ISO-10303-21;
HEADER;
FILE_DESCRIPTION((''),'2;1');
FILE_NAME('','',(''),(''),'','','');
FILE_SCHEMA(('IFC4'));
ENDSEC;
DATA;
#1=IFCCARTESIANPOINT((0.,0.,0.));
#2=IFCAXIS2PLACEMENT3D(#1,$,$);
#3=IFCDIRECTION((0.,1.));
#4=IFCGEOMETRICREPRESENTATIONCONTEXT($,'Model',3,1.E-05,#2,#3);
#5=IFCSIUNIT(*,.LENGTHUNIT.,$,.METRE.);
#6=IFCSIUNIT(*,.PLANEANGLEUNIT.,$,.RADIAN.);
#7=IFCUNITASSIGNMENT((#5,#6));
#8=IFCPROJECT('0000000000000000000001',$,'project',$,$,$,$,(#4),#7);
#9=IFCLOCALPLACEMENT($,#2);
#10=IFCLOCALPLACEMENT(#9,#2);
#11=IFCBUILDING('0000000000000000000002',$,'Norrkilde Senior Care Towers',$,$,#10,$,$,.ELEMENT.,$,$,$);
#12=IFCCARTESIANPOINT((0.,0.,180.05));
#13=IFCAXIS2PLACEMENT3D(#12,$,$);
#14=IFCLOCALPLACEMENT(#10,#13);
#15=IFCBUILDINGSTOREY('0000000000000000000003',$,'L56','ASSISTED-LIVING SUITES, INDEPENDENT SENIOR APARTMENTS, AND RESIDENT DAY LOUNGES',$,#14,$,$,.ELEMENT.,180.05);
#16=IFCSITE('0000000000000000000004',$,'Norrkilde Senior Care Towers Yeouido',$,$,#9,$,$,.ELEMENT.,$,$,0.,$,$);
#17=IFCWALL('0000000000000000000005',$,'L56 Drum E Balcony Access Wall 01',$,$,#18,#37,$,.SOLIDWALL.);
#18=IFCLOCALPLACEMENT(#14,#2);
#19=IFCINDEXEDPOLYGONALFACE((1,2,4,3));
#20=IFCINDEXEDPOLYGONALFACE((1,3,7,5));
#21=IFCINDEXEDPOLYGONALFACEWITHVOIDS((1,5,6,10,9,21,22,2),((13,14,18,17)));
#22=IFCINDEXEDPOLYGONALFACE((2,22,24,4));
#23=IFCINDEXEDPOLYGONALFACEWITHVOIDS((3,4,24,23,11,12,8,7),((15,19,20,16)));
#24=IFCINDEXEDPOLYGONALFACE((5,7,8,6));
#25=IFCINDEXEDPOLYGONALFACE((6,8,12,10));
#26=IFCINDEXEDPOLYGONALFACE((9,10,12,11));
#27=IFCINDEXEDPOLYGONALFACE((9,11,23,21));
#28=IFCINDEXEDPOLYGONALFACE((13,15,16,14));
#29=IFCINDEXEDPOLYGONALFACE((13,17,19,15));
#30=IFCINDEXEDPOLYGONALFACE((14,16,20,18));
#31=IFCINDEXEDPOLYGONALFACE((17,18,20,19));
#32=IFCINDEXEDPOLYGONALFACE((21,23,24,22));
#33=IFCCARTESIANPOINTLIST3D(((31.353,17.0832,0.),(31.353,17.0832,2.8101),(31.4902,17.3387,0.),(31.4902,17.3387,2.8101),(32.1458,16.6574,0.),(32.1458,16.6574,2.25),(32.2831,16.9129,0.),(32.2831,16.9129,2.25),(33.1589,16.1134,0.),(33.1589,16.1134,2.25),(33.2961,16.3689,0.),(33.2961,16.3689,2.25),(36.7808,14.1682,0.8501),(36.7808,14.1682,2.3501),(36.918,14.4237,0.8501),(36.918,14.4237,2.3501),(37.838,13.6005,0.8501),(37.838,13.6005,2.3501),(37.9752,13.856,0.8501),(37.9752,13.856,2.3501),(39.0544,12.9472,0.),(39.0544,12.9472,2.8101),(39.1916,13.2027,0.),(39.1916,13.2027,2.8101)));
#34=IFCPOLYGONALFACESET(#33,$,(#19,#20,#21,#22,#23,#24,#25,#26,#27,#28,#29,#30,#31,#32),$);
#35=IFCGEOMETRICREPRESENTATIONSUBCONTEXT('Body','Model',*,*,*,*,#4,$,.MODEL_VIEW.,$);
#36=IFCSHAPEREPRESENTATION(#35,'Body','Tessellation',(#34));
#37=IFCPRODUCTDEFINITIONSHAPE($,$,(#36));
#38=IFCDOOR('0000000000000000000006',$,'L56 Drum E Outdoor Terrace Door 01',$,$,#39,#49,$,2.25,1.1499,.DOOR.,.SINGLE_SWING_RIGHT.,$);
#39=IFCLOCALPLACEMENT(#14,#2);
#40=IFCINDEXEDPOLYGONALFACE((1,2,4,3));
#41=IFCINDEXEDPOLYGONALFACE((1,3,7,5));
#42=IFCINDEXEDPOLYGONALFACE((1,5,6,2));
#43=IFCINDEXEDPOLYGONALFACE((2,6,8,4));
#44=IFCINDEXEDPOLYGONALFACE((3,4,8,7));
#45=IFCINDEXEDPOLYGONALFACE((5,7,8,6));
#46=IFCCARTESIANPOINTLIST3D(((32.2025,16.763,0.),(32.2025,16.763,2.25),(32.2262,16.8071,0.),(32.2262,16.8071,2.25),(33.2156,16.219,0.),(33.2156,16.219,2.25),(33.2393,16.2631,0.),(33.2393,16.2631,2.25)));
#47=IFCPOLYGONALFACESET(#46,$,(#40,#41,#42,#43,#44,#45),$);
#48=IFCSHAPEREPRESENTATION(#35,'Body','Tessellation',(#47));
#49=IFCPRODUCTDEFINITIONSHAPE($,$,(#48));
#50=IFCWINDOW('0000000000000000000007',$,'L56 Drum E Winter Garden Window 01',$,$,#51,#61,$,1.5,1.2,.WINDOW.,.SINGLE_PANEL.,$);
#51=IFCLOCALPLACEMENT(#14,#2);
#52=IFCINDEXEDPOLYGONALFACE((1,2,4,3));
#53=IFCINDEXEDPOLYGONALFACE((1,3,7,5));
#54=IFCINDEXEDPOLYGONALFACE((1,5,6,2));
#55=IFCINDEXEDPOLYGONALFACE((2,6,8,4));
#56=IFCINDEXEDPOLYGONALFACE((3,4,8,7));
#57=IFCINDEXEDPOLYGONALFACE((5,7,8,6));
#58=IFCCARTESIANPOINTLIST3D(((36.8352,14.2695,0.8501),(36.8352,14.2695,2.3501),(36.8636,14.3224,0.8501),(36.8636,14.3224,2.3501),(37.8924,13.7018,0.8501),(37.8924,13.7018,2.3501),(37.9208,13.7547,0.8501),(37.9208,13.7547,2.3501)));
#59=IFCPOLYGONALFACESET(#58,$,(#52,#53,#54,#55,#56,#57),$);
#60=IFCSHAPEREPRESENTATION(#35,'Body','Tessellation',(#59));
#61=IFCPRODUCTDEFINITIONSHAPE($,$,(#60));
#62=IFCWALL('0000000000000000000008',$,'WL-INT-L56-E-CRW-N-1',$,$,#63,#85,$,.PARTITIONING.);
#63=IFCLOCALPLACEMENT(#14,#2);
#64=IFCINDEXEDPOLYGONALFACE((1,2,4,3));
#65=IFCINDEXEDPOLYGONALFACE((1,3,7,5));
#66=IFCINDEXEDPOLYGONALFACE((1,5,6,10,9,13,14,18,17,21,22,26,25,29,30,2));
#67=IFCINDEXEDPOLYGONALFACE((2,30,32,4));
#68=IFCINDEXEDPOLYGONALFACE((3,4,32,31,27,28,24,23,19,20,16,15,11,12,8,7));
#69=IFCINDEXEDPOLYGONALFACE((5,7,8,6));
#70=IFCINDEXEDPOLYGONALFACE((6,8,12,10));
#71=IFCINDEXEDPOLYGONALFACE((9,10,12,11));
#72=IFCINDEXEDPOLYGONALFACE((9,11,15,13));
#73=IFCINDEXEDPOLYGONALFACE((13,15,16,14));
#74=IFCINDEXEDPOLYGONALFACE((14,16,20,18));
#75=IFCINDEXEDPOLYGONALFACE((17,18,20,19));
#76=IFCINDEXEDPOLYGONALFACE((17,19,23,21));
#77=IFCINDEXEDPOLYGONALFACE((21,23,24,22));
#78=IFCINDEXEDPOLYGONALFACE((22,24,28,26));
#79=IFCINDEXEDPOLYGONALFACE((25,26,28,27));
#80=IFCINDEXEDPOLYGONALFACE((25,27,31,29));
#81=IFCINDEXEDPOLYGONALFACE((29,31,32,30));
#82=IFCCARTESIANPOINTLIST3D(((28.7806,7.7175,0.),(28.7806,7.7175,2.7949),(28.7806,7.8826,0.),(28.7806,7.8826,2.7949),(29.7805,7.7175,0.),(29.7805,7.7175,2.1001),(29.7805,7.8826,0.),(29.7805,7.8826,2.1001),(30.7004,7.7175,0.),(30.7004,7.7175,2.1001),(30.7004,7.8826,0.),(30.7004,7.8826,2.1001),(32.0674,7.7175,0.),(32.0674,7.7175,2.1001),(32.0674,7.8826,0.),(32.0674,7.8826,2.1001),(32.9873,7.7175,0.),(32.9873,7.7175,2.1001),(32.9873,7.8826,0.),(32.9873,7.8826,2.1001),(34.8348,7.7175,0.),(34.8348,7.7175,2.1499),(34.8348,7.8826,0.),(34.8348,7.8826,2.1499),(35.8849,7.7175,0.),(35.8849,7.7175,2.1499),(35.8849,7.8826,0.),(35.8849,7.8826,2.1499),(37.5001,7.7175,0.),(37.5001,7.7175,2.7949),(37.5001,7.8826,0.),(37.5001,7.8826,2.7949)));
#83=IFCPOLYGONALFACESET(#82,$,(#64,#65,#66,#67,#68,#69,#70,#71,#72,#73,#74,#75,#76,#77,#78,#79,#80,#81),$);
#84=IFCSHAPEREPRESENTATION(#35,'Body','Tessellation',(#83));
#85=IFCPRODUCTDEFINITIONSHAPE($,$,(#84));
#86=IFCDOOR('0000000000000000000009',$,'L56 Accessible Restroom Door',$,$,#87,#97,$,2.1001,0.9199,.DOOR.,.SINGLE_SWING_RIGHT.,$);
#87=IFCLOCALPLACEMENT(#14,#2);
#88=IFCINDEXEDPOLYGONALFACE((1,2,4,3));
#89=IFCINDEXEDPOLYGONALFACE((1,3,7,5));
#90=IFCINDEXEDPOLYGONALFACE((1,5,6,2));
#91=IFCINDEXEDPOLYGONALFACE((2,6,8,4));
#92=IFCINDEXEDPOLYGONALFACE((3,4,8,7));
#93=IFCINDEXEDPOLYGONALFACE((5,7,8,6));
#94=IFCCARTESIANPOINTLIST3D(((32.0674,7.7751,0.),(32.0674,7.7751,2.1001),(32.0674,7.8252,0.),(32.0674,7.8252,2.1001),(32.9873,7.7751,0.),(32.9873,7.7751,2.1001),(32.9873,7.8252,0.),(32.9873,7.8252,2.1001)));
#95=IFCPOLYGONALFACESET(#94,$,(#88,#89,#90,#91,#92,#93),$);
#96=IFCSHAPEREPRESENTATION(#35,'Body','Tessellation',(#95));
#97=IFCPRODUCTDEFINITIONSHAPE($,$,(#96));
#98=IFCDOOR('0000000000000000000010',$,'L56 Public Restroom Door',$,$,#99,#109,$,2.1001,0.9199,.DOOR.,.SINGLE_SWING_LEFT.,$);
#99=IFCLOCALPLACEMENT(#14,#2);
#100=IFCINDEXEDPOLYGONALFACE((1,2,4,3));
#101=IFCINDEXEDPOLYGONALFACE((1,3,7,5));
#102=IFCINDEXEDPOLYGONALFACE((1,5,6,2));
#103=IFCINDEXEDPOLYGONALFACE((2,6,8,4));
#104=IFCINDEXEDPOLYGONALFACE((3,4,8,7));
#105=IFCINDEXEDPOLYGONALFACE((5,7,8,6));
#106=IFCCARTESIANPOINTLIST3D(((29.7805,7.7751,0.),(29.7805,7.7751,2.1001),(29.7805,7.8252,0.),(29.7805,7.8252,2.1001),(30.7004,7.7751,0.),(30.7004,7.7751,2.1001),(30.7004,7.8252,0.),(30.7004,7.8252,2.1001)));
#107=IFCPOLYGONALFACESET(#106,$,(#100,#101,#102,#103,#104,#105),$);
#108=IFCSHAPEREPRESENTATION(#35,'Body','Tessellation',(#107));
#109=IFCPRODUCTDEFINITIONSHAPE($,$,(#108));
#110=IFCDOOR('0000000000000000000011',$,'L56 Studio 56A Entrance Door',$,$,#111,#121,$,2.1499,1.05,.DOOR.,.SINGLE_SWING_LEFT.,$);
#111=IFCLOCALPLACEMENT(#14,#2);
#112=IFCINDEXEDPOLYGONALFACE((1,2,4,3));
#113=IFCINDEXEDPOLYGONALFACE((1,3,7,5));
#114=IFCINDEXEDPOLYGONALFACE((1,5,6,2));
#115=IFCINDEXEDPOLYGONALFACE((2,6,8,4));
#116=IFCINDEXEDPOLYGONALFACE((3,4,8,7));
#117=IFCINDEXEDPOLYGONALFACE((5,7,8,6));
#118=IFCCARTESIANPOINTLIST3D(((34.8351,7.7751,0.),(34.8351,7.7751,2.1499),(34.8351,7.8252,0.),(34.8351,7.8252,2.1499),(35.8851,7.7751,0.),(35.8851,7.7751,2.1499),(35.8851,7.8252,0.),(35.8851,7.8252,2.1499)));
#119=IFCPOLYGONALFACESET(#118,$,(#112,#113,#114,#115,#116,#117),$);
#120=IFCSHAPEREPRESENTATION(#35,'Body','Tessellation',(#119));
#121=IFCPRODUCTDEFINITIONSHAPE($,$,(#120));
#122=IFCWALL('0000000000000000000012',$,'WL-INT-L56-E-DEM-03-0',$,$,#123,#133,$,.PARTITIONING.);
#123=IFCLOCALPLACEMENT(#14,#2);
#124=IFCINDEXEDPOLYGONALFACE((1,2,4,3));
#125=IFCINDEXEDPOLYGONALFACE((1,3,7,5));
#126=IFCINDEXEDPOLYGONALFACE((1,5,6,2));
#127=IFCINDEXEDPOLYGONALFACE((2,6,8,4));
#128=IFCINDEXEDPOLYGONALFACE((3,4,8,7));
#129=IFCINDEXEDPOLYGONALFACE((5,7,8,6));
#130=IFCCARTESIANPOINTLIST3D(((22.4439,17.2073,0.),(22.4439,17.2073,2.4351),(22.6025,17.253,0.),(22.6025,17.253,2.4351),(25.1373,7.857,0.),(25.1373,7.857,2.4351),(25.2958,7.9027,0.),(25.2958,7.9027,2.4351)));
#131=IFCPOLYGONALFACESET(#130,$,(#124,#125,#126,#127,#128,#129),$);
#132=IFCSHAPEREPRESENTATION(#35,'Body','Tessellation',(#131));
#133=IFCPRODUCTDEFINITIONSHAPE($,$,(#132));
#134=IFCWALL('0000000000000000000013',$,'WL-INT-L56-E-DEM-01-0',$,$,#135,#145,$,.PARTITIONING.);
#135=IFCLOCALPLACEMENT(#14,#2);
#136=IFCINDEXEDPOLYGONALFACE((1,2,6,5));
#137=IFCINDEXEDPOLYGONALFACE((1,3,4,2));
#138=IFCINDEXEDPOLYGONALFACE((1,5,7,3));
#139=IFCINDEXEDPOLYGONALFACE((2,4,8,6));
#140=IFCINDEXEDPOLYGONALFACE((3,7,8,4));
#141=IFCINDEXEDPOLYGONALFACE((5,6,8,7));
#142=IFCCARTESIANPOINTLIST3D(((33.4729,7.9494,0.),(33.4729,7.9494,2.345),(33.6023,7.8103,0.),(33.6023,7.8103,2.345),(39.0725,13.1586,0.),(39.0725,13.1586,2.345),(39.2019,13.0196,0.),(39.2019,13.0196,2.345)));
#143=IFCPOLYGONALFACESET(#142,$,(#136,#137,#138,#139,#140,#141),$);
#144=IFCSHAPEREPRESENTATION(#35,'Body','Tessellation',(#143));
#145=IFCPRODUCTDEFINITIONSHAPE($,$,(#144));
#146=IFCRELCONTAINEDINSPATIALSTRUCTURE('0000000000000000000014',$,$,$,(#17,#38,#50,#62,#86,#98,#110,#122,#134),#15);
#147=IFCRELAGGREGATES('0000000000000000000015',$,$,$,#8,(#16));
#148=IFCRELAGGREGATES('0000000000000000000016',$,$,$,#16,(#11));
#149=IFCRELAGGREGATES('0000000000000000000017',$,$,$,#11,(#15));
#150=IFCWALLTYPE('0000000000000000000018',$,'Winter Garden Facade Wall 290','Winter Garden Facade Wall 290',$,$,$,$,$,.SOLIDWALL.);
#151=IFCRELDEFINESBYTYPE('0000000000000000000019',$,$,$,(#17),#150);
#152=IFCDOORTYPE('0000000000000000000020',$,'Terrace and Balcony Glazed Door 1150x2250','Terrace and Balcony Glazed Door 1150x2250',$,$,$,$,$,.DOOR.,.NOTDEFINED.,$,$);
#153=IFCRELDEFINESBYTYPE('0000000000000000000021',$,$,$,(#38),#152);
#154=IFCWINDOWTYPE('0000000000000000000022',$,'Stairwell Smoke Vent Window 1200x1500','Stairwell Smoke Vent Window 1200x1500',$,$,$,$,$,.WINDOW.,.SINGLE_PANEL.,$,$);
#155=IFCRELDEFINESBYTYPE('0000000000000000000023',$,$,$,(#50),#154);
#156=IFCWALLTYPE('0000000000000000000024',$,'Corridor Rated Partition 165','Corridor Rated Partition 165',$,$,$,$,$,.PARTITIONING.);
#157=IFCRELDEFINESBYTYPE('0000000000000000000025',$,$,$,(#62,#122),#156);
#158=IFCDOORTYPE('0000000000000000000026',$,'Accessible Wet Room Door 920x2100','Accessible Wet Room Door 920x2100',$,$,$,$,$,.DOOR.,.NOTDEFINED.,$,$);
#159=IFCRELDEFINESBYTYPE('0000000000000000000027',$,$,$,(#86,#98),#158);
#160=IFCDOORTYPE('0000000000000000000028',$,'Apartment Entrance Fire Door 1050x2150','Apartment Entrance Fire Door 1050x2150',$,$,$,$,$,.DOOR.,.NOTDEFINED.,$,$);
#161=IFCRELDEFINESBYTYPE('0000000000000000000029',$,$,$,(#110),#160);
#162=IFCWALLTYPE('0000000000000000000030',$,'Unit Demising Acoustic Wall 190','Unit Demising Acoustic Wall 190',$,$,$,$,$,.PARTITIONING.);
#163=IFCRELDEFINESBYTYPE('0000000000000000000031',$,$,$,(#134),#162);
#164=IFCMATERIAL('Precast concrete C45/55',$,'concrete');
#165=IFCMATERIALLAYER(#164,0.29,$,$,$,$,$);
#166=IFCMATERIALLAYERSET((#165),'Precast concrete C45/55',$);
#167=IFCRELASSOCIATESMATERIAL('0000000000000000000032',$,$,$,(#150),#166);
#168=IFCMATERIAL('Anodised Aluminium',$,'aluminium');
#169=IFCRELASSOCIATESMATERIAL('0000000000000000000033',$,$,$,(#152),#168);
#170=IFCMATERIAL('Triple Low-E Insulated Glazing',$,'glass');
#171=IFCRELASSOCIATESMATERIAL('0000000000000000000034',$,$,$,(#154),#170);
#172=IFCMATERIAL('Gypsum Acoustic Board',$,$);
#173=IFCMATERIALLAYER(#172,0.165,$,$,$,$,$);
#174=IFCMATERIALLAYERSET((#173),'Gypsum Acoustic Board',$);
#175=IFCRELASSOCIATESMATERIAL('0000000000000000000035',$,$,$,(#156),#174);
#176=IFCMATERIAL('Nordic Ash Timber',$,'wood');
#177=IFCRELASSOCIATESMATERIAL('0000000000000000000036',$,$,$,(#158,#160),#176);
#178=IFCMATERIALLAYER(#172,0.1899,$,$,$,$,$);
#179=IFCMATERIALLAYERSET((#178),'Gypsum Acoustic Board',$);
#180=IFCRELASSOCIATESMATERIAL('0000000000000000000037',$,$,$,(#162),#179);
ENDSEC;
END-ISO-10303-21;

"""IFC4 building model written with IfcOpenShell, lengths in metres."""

from ifc_helpers import new_model, si_unit, direction, frame, frame_2d, origin, place, context, subcontext, project, spatial, rectangle, extrude, source, transform, mapped, material, layer, layer_set, type_object, type_shapes, element, fill, save


model = new_model("IFC4")

# Units and contexts
model_context = context("Model", 3, precision=1e-05, world=origin(), true_north=direction((0.0, 1.0)))
body_context = subcontext(model_context, "Body", "Model", "MODEL_VIEW")
ifc_project = project(units=[si_unit("LENGTHUNIT", "METRE"), si_unit("PLANEANGLEUNIT", "RADIAN")], contexts=[model_context])

# Site, building, storey
site_placement = place(None, origin())
site = spatial("IfcSite", under=ifc_project, at=site_placement, Name="Norrkilde Senior Care Towers Yeouido", CompositionType="ELEMENT", RefElevation=0.0)
building_placement = place(site_placement, origin())
building = spatial("IfcBuilding", under=site, at=building_placement, Name="Norrkilde Senior Care Towers", CompositionType="ELEMENT")
storey_placement = place(building_placement, frame((0.0, 0.0, 180.05)))
storey = spatial("IfcBuildingStorey", under=building, at=storey_placement, Name="L56", Description="ASSISTED-LIVING SUITES, INDEPENDENT SENIOR APARTMENTS, AND RESIDENT DAY LOUNGES", CompositionType="ELEMENT", Elevation=180.05)

# Shared definitions
ifc_material_1 = material(Name="Triple Low-E Insulated Glazing", Category="glass")
ifc_material_2 = material(Name="Anodised Aluminium", Category="aluminium")

# Wall, openings, door, window
ifc_material_3 = material(Name="Precast concrete C45/55", Category="concrete")
ifc_layer_1 = layer(ifc_material_3, 0.29)
ifc_layer_set_1 = layer_set([ifc_layer_1], Name="Precast concrete C45/55")
wall_type_1 = type_object("IfcWallType", Name="Winter Garden Facade Wall 290", Description="Winter Garden Facade Wall 290", PredefinedType="SOLIDWALL", material=ifc_layer_set_1)
shared_shape_1 = source(origin(), body_context, "Body", "SweptSolid", [
    extrude(rectangle(XDim=8.7417, YDim=0.29, at=frame_2d((4.3708, 0.0))), origin(), (0.0, 0.0, 1.0), 2.8101),
])
type_shapes(wall_type_1, [shared_shape_1])
wall_1_placement = place(storey_placement, frame((31.4216, 17.2109, 0.0), z_axis=(0.0, 0.0, 1.0), x_axis=(0.880992, -0.47313, 0.0)))
wall_1 = element("IfcWall", 1, at=wall_1_placement, inside=storey, type_object=wall_type_1, Name="L56 Drum E Balcony Access Wall 01", PredefinedType="SOLIDWALL", context=body_context, shape_type="MappedRepresentation", body=[
    mapped(shared_shape_1, transform((0.0, 0.0, 0.0), x_axis=(1.0, 0.0, 0.0), y_axis=(0.0, 1.0, 0.0), z_axis=(0.0, 0.0, 1.0), scale=1.0)),
])
opening_1_placement = place(wall_1_placement, frame((0.8999, 0.0, 0.0)))
opening_1 = element("IfcOpeningElement", 2, at=opening_1_placement, cuts=wall_1, PredefinedType="OPENING", context=body_context, shape_type="SweptSolid", body=[
    extrude(rectangle(XDim=1.1499, YDim=2.25, at=frame_2d((0.575, 1.125))), frame((0.0, 0.155, 0.0), z_axis=(0.0, -1.0, 0.0), x_axis=(1.0, 0.0, 0.0)), (0.0, 0.0, 1.0), 0.3101),
])
opening_2_placement = place(wall_1_placement, frame((6.1609, 0.0, 0.8501)))
opening_2 = element("IfcOpeningElement", 3, at=opening_2_placement, cuts=wall_1, PredefinedType="OPENING", context=body_context, shape_type="SweptSolid", body=[
    extrude(rectangle(XDim=1.2, YDim=1.5, at=frame_2d((0.6001, 0.75))), frame((0.0, 0.155, 0.0), z_axis=(0.0, -1.0, 0.0), x_axis=(1.0, 0.0, 0.0)), (0.0, 0.0, 1.0), 0.3101),
])
door_type_1 = type_object("IfcDoorType", Name="Terrace and Balcony Glazed Door 1150x2250", Description="Terrace and Balcony Glazed Door 1150x2250", OperationType="NOTDEFINED", PredefinedType="DOOR", material=ifc_material_2)
shared_shape_2 = source(origin(), body_context, "Body", "SweptSolid", [
    extrude(rectangle(XDim=1.1499, YDim=2.25, at=frame_2d((0.575, 1.125))), frame((0.0, 0.0249, 0.0), z_axis=(0.0, -1.0, 0.0), x_axis=(1.0, 0.0, 0.0)), (0.0, 0.0, 1.0), 0.05),
])
type_shapes(door_type_1, [shared_shape_2])
door_1_placement = place(opening_1_placement, origin())
door_1 = element("IfcDoor", 4, at=door_1_placement, inside=storey, type_object=door_type_1, Name="L56 Drum E Outdoor Terrace Door 01", OperationType="SINGLE_SWING_RIGHT", OverallHeight=2.25, OverallWidth=1.1499, PredefinedType="DOOR", context=body_context, shape_type="MappedRepresentation", body=[
    mapped(shared_shape_2, transform((0.0, 0.0, 0.0), x_axis=(1.0, 0.0, 0.0), y_axis=(0.0, 1.0, 0.0), z_axis=(0.0, 0.0, 1.0), scale=1.0)),
])
fill(opening_1, door_1)
window_type = type_object("IfcWindowType", Name="Stairwell Smoke Vent Window 1200x1500", Description="Stairwell Smoke Vent Window 1200x1500", PartitioningType="SINGLE_PANEL", PredefinedType="WINDOW", material=ifc_material_1)
shared_shape_3 = source(origin(), body_context, "Body", "SweptSolid", [
    extrude(rectangle(XDim=1.2, YDim=1.5, at=frame_2d((0.6001, 0.75))), frame((0.0, 0.03, 0.0), z_axis=(0.0, -1.0, 0.0), x_axis=(1.0, 0.0, 0.0)), (0.0, 0.0, 1.0), 0.0601),
])
type_shapes(window_type, [shared_shape_3])
window_placement = place(opening_2_placement, origin())
window = element("IfcWindow", 5, at=window_placement, inside=storey, type_object=window_type, Name="L56 Drum E Winter Garden Window 01", OverallHeight=1.5, OverallWidth=1.2, PartitioningType="SINGLE_PANEL", PredefinedType="WINDOW", context=body_context, shape_type="MappedRepresentation", body=[
    mapped(shared_shape_3, transform((0.0, 0.0, 0.0), x_axis=(1.0, 0.0, 0.0), y_axis=(0.0, 1.0, 0.0), z_axis=(0.0, 0.0, 1.0), scale=1.0)),
])
fill(opening_2, window)

# Wall, openings, doors
ifc_material_4 = material(Name="Gypsum Acoustic Board")
ifc_layer_2 = layer(ifc_material_4, 0.165)
ifc_layer_set_2 = layer_set([ifc_layer_2], Name="Gypsum Acoustic Board")
wall_type_2 = type_object("IfcWallType", Name="Corridor Rated Partition 165", Description="Corridor Rated Partition 165", PredefinedType="PARTITIONING", material=ifc_layer_set_2)
shared_shape_4 = source(origin(), body_context, "Body", "SweptSolid", [
    extrude(rectangle(XDim=8.7195, YDim=0.165, at=frame_2d((4.3599, 0.0))), origin(), (0.0, 0.0, 1.0), 2.7949),
])
wall_2_placement = place(storey_placement, frame((28.7805, 7.8, 0.0), z_axis=(0.0, 0.0, 1.0), x_axis=(1.0, 0.0, 0.0)))
wall_2 = element("IfcWall", 6, at=wall_2_placement, inside=storey, type_object=wall_type_2, Name="WL-INT-L56-E-CRW-N-1", PredefinedType="PARTITIONING", context=body_context, shape_type="MappedRepresentation", body=[
    mapped(shared_shape_4, transform((0.0, 0.0, 0.0), x_axis=(1.0, 0.0, 0.0), y_axis=(0.0, 1.0, 0.0), z_axis=(0.0, 0.0, 1.0), scale=1.0)),
])
opening_3_placement = place(wall_2_placement, frame((6.0544, 0.0, 0.0)))
opening_3 = element("IfcOpeningElement", 7, at=opening_3_placement, cuts=wall_2, PredefinedType="OPENING", context=body_context, shape_type="SweptSolid", body=[
    extrude(rectangle(XDim=1.05, YDim=2.1499, at=frame_2d((0.5249, 1.075))), frame((0.0, 0.0925, 0.0), z_axis=(0.0, -1.0, 0.0), x_axis=(1.0, 0.0, 0.0)), (0.0, 0.0, 1.0), 0.1851),
])
opening_4_placement = place(wall_2_placement, frame((3.2869, 0.0, 0.0)))
opening_4 = element("IfcOpeningElement", 8, at=opening_4_placement, cuts=wall_2, PredefinedType="OPENING", context=body_context, shape_type="SweptSolid", body=[
    extrude(rectangle(XDim=0.9199, YDim=2.1001, at=frame_2d((0.46, 1.05))), frame((0.0, 0.0925, 0.0), z_axis=(0.0, -1.0, 0.0), x_axis=(1.0, 0.0, 0.0)), (0.0, 0.0, 1.0), 0.1851),
])
opening_5_placement = place(wall_2_placement, frame((1.0, 0.0, 0.0)))
opening_5 = element("IfcOpeningElement", 9, at=opening_5_placement, cuts=wall_2, PredefinedType="OPENING", context=body_context, shape_type="SweptSolid", body=[
    extrude(rectangle(XDim=0.9199, YDim=2.1001, at=frame_2d((0.46, 1.05))), frame((0.0, 0.0925, 0.0), z_axis=(0.0, -1.0, 0.0), x_axis=(1.0, 0.0, 0.0)), (0.0, 0.0, 1.0), 0.1851),
])
ifc_material_5 = material(Name="Nordic Ash Timber", Category="wood")
door_type_2 = type_object("IfcDoorType", Name="Accessible Wet Room Door 920x2100", Description="Accessible Wet Room Door 920x2100", OperationType="NOTDEFINED", PredefinedType="DOOR", material=ifc_material_5)
shared_shape_5 = source(origin(), body_context, "Body", "SweptSolid", [
    extrude(rectangle(XDim=0.9199, YDim=2.1001, at=frame_2d((0.46, 1.05))), frame((0.0, 0.0249, 0.0), z_axis=(0.0, -1.0, 0.0), x_axis=(1.0, 0.0, 0.0)), (0.0, 0.0, 1.0), 0.05),
])
type_shapes(door_type_2, [shared_shape_5])
door_2_placement = place(opening_4_placement, frame((0.9199, 0.0, 0.0), z_axis=(0.0, 0.0, 1.0), x_axis=(-1.0, 0.0, 0.0)))
door_2 = element("IfcDoor", 10, at=door_2_placement, inside=storey, type_object=door_type_2, Name="L56 Accessible Restroom Door", OperationType="SINGLE_SWING_RIGHT", OverallHeight=2.1001, OverallWidth=0.9199, PredefinedType="DOOR", context=body_context, shape_type="MappedRepresentation", body=[
    mapped(shared_shape_5, transform((0.0, 0.0, 0.0), x_axis=(1.0, 0.0, 0.0), y_axis=(0.0, 1.0, 0.0), z_axis=(0.0, 0.0, 1.0), scale=1.0)),
])
fill(opening_4, door_2)
door_3_placement = place(opening_5_placement, frame((0.9199, 0.0, 0.0), z_axis=(0.0, 0.0, 1.0), x_axis=(-1.0, 0.0, 0.0)))
door_3 = element("IfcDoor", 11, at=door_3_placement, inside=storey, type_object=door_type_2, Name="L56 Public Restroom Door", OperationType="SINGLE_SWING_LEFT", OverallHeight=2.1001, OverallWidth=0.9199, PredefinedType="DOOR", context=body_context, shape_type="MappedRepresentation", body=[
    mapped(shared_shape_5, transform((0.0, 0.0, 0.0), x_axis=(1.0, 0.0, 0.0), y_axis=(0.0, 1.0, 0.0), z_axis=(0.0, 0.0, 1.0), scale=1.0)),
])
fill(opening_5, door_3)
door_type_3 = type_object("IfcDoorType", Name="Apartment Entrance Fire Door 1050x2150", Description="Apartment Entrance Fire Door 1050x2150", OperationType="NOTDEFINED", PredefinedType="DOOR", material=ifc_material_5)
shared_shape_6 = source(origin(), body_context, "Body", "SweptSolid", [
    extrude(rectangle(XDim=1.05, YDim=2.1499, at=frame_2d((0.5249, 1.075))), frame((0.0, 0.0249, 0.0), z_axis=(0.0, -1.0, 0.0), x_axis=(1.0, 0.0, 0.0)), (0.0, 0.0, 1.0), 0.05),
])
type_shapes(door_type_3, [shared_shape_6])
door_4_placement = place(opening_3_placement, frame((1.05, 0.0, 0.0), z_axis=(0.0, 0.0, 1.0), x_axis=(-1.0, 0.0, 0.0)))
door_4 = element("IfcDoor", 12, at=door_4_placement, inside=storey, type_object=door_type_3, Name="L56 Studio 56A Entrance Door", OperationType="SINGLE_SWING_LEFT", OverallHeight=2.1499, OverallWidth=1.05, PredefinedType="DOOR", context=body_context, shape_type="MappedRepresentation", body=[
    mapped(shared_shape_6, transform((0.0, 0.0, 0.0), x_axis=(1.0, 0.0, 0.0), y_axis=(0.0, 1.0, 0.0), z_axis=(0.0, 0.0, 1.0), scale=1.0)),
])
fill(opening_3, door_4)

# Walls
shared_shape_7 = source(origin(), body_context, "Body", "SweptSolid", [
    extrude(rectangle(XDim=9.7305, YDim=0.165, at=frame_2d((4.8652, 0.0))), origin(), (0.0, 0.0, 1.0), 2.4351),
])
wall_3_placement = place(storey_placement, frame((25.2166, 7.8799, 0.0), z_axis=(0.0, 0.0, 1.0), x_axis=(-0.276795, 0.960929, 0.0)))
element("IfcWall", 13, at=wall_3_placement, inside=storey, type_object=wall_type_2, Name="WL-INT-L56-E-DEM-03-0", PredefinedType="PARTITIONING", context=body_context, shape_type="MappedRepresentation", body=[
    mapped(shared_shape_7, transform((0.0, 0.0, 0.0), x_axis=(1.0, 0.0, 0.0), y_axis=(0.0, 1.0, 0.0), z_axis=(0.0, 0.0, 1.0), scale=1.0)),
])
ifc_layer_3 = layer(ifc_material_4, 0.1899)
ifc_layer_set_3 = layer_set([ifc_layer_3], Name="Gypsum Acoustic Board")
wall_type_3 = type_object("IfcWallType", Name="Unit Demising Acoustic Wall 190", Description="Unit Demising Acoustic Wall 190", PredefinedType="PARTITIONING", material=ifc_layer_set_3)
shared_shape_8 = source(origin(), body_context, "Body", "SweptSolid", [
    extrude(rectangle(XDim=7.6479, YDim=0.1899, at=frame_2d((3.824, 0.0))), origin(), (0.0, 0.0, 1.0), 2.345),
])
type_shapes(wall_type_3, [shared_shape_8])
wall_4_placement = place(storey_placement, frame((33.5376, 7.8799, 0.0), z_axis=(0.0, 0.0, 1.0), x_axis=(0.732168, 0.681124, 0.0)))
element("IfcWall", 14, at=wall_4_placement, inside=storey, type_object=wall_type_3, Name="WL-INT-L56-E-DEM-01-0", PredefinedType="PARTITIONING", context=body_context, shape_type="MappedRepresentation", body=[
    mapped(shared_shape_8, transform((0.0, 0.0, 0.0), x_axis=(1.0, 0.0, 0.0), y_axis=(0.0, 1.0, 0.0), z_axis=(0.0, 0.0, 1.0), scale=1.0)),
])

save(model, "model.ifc")
